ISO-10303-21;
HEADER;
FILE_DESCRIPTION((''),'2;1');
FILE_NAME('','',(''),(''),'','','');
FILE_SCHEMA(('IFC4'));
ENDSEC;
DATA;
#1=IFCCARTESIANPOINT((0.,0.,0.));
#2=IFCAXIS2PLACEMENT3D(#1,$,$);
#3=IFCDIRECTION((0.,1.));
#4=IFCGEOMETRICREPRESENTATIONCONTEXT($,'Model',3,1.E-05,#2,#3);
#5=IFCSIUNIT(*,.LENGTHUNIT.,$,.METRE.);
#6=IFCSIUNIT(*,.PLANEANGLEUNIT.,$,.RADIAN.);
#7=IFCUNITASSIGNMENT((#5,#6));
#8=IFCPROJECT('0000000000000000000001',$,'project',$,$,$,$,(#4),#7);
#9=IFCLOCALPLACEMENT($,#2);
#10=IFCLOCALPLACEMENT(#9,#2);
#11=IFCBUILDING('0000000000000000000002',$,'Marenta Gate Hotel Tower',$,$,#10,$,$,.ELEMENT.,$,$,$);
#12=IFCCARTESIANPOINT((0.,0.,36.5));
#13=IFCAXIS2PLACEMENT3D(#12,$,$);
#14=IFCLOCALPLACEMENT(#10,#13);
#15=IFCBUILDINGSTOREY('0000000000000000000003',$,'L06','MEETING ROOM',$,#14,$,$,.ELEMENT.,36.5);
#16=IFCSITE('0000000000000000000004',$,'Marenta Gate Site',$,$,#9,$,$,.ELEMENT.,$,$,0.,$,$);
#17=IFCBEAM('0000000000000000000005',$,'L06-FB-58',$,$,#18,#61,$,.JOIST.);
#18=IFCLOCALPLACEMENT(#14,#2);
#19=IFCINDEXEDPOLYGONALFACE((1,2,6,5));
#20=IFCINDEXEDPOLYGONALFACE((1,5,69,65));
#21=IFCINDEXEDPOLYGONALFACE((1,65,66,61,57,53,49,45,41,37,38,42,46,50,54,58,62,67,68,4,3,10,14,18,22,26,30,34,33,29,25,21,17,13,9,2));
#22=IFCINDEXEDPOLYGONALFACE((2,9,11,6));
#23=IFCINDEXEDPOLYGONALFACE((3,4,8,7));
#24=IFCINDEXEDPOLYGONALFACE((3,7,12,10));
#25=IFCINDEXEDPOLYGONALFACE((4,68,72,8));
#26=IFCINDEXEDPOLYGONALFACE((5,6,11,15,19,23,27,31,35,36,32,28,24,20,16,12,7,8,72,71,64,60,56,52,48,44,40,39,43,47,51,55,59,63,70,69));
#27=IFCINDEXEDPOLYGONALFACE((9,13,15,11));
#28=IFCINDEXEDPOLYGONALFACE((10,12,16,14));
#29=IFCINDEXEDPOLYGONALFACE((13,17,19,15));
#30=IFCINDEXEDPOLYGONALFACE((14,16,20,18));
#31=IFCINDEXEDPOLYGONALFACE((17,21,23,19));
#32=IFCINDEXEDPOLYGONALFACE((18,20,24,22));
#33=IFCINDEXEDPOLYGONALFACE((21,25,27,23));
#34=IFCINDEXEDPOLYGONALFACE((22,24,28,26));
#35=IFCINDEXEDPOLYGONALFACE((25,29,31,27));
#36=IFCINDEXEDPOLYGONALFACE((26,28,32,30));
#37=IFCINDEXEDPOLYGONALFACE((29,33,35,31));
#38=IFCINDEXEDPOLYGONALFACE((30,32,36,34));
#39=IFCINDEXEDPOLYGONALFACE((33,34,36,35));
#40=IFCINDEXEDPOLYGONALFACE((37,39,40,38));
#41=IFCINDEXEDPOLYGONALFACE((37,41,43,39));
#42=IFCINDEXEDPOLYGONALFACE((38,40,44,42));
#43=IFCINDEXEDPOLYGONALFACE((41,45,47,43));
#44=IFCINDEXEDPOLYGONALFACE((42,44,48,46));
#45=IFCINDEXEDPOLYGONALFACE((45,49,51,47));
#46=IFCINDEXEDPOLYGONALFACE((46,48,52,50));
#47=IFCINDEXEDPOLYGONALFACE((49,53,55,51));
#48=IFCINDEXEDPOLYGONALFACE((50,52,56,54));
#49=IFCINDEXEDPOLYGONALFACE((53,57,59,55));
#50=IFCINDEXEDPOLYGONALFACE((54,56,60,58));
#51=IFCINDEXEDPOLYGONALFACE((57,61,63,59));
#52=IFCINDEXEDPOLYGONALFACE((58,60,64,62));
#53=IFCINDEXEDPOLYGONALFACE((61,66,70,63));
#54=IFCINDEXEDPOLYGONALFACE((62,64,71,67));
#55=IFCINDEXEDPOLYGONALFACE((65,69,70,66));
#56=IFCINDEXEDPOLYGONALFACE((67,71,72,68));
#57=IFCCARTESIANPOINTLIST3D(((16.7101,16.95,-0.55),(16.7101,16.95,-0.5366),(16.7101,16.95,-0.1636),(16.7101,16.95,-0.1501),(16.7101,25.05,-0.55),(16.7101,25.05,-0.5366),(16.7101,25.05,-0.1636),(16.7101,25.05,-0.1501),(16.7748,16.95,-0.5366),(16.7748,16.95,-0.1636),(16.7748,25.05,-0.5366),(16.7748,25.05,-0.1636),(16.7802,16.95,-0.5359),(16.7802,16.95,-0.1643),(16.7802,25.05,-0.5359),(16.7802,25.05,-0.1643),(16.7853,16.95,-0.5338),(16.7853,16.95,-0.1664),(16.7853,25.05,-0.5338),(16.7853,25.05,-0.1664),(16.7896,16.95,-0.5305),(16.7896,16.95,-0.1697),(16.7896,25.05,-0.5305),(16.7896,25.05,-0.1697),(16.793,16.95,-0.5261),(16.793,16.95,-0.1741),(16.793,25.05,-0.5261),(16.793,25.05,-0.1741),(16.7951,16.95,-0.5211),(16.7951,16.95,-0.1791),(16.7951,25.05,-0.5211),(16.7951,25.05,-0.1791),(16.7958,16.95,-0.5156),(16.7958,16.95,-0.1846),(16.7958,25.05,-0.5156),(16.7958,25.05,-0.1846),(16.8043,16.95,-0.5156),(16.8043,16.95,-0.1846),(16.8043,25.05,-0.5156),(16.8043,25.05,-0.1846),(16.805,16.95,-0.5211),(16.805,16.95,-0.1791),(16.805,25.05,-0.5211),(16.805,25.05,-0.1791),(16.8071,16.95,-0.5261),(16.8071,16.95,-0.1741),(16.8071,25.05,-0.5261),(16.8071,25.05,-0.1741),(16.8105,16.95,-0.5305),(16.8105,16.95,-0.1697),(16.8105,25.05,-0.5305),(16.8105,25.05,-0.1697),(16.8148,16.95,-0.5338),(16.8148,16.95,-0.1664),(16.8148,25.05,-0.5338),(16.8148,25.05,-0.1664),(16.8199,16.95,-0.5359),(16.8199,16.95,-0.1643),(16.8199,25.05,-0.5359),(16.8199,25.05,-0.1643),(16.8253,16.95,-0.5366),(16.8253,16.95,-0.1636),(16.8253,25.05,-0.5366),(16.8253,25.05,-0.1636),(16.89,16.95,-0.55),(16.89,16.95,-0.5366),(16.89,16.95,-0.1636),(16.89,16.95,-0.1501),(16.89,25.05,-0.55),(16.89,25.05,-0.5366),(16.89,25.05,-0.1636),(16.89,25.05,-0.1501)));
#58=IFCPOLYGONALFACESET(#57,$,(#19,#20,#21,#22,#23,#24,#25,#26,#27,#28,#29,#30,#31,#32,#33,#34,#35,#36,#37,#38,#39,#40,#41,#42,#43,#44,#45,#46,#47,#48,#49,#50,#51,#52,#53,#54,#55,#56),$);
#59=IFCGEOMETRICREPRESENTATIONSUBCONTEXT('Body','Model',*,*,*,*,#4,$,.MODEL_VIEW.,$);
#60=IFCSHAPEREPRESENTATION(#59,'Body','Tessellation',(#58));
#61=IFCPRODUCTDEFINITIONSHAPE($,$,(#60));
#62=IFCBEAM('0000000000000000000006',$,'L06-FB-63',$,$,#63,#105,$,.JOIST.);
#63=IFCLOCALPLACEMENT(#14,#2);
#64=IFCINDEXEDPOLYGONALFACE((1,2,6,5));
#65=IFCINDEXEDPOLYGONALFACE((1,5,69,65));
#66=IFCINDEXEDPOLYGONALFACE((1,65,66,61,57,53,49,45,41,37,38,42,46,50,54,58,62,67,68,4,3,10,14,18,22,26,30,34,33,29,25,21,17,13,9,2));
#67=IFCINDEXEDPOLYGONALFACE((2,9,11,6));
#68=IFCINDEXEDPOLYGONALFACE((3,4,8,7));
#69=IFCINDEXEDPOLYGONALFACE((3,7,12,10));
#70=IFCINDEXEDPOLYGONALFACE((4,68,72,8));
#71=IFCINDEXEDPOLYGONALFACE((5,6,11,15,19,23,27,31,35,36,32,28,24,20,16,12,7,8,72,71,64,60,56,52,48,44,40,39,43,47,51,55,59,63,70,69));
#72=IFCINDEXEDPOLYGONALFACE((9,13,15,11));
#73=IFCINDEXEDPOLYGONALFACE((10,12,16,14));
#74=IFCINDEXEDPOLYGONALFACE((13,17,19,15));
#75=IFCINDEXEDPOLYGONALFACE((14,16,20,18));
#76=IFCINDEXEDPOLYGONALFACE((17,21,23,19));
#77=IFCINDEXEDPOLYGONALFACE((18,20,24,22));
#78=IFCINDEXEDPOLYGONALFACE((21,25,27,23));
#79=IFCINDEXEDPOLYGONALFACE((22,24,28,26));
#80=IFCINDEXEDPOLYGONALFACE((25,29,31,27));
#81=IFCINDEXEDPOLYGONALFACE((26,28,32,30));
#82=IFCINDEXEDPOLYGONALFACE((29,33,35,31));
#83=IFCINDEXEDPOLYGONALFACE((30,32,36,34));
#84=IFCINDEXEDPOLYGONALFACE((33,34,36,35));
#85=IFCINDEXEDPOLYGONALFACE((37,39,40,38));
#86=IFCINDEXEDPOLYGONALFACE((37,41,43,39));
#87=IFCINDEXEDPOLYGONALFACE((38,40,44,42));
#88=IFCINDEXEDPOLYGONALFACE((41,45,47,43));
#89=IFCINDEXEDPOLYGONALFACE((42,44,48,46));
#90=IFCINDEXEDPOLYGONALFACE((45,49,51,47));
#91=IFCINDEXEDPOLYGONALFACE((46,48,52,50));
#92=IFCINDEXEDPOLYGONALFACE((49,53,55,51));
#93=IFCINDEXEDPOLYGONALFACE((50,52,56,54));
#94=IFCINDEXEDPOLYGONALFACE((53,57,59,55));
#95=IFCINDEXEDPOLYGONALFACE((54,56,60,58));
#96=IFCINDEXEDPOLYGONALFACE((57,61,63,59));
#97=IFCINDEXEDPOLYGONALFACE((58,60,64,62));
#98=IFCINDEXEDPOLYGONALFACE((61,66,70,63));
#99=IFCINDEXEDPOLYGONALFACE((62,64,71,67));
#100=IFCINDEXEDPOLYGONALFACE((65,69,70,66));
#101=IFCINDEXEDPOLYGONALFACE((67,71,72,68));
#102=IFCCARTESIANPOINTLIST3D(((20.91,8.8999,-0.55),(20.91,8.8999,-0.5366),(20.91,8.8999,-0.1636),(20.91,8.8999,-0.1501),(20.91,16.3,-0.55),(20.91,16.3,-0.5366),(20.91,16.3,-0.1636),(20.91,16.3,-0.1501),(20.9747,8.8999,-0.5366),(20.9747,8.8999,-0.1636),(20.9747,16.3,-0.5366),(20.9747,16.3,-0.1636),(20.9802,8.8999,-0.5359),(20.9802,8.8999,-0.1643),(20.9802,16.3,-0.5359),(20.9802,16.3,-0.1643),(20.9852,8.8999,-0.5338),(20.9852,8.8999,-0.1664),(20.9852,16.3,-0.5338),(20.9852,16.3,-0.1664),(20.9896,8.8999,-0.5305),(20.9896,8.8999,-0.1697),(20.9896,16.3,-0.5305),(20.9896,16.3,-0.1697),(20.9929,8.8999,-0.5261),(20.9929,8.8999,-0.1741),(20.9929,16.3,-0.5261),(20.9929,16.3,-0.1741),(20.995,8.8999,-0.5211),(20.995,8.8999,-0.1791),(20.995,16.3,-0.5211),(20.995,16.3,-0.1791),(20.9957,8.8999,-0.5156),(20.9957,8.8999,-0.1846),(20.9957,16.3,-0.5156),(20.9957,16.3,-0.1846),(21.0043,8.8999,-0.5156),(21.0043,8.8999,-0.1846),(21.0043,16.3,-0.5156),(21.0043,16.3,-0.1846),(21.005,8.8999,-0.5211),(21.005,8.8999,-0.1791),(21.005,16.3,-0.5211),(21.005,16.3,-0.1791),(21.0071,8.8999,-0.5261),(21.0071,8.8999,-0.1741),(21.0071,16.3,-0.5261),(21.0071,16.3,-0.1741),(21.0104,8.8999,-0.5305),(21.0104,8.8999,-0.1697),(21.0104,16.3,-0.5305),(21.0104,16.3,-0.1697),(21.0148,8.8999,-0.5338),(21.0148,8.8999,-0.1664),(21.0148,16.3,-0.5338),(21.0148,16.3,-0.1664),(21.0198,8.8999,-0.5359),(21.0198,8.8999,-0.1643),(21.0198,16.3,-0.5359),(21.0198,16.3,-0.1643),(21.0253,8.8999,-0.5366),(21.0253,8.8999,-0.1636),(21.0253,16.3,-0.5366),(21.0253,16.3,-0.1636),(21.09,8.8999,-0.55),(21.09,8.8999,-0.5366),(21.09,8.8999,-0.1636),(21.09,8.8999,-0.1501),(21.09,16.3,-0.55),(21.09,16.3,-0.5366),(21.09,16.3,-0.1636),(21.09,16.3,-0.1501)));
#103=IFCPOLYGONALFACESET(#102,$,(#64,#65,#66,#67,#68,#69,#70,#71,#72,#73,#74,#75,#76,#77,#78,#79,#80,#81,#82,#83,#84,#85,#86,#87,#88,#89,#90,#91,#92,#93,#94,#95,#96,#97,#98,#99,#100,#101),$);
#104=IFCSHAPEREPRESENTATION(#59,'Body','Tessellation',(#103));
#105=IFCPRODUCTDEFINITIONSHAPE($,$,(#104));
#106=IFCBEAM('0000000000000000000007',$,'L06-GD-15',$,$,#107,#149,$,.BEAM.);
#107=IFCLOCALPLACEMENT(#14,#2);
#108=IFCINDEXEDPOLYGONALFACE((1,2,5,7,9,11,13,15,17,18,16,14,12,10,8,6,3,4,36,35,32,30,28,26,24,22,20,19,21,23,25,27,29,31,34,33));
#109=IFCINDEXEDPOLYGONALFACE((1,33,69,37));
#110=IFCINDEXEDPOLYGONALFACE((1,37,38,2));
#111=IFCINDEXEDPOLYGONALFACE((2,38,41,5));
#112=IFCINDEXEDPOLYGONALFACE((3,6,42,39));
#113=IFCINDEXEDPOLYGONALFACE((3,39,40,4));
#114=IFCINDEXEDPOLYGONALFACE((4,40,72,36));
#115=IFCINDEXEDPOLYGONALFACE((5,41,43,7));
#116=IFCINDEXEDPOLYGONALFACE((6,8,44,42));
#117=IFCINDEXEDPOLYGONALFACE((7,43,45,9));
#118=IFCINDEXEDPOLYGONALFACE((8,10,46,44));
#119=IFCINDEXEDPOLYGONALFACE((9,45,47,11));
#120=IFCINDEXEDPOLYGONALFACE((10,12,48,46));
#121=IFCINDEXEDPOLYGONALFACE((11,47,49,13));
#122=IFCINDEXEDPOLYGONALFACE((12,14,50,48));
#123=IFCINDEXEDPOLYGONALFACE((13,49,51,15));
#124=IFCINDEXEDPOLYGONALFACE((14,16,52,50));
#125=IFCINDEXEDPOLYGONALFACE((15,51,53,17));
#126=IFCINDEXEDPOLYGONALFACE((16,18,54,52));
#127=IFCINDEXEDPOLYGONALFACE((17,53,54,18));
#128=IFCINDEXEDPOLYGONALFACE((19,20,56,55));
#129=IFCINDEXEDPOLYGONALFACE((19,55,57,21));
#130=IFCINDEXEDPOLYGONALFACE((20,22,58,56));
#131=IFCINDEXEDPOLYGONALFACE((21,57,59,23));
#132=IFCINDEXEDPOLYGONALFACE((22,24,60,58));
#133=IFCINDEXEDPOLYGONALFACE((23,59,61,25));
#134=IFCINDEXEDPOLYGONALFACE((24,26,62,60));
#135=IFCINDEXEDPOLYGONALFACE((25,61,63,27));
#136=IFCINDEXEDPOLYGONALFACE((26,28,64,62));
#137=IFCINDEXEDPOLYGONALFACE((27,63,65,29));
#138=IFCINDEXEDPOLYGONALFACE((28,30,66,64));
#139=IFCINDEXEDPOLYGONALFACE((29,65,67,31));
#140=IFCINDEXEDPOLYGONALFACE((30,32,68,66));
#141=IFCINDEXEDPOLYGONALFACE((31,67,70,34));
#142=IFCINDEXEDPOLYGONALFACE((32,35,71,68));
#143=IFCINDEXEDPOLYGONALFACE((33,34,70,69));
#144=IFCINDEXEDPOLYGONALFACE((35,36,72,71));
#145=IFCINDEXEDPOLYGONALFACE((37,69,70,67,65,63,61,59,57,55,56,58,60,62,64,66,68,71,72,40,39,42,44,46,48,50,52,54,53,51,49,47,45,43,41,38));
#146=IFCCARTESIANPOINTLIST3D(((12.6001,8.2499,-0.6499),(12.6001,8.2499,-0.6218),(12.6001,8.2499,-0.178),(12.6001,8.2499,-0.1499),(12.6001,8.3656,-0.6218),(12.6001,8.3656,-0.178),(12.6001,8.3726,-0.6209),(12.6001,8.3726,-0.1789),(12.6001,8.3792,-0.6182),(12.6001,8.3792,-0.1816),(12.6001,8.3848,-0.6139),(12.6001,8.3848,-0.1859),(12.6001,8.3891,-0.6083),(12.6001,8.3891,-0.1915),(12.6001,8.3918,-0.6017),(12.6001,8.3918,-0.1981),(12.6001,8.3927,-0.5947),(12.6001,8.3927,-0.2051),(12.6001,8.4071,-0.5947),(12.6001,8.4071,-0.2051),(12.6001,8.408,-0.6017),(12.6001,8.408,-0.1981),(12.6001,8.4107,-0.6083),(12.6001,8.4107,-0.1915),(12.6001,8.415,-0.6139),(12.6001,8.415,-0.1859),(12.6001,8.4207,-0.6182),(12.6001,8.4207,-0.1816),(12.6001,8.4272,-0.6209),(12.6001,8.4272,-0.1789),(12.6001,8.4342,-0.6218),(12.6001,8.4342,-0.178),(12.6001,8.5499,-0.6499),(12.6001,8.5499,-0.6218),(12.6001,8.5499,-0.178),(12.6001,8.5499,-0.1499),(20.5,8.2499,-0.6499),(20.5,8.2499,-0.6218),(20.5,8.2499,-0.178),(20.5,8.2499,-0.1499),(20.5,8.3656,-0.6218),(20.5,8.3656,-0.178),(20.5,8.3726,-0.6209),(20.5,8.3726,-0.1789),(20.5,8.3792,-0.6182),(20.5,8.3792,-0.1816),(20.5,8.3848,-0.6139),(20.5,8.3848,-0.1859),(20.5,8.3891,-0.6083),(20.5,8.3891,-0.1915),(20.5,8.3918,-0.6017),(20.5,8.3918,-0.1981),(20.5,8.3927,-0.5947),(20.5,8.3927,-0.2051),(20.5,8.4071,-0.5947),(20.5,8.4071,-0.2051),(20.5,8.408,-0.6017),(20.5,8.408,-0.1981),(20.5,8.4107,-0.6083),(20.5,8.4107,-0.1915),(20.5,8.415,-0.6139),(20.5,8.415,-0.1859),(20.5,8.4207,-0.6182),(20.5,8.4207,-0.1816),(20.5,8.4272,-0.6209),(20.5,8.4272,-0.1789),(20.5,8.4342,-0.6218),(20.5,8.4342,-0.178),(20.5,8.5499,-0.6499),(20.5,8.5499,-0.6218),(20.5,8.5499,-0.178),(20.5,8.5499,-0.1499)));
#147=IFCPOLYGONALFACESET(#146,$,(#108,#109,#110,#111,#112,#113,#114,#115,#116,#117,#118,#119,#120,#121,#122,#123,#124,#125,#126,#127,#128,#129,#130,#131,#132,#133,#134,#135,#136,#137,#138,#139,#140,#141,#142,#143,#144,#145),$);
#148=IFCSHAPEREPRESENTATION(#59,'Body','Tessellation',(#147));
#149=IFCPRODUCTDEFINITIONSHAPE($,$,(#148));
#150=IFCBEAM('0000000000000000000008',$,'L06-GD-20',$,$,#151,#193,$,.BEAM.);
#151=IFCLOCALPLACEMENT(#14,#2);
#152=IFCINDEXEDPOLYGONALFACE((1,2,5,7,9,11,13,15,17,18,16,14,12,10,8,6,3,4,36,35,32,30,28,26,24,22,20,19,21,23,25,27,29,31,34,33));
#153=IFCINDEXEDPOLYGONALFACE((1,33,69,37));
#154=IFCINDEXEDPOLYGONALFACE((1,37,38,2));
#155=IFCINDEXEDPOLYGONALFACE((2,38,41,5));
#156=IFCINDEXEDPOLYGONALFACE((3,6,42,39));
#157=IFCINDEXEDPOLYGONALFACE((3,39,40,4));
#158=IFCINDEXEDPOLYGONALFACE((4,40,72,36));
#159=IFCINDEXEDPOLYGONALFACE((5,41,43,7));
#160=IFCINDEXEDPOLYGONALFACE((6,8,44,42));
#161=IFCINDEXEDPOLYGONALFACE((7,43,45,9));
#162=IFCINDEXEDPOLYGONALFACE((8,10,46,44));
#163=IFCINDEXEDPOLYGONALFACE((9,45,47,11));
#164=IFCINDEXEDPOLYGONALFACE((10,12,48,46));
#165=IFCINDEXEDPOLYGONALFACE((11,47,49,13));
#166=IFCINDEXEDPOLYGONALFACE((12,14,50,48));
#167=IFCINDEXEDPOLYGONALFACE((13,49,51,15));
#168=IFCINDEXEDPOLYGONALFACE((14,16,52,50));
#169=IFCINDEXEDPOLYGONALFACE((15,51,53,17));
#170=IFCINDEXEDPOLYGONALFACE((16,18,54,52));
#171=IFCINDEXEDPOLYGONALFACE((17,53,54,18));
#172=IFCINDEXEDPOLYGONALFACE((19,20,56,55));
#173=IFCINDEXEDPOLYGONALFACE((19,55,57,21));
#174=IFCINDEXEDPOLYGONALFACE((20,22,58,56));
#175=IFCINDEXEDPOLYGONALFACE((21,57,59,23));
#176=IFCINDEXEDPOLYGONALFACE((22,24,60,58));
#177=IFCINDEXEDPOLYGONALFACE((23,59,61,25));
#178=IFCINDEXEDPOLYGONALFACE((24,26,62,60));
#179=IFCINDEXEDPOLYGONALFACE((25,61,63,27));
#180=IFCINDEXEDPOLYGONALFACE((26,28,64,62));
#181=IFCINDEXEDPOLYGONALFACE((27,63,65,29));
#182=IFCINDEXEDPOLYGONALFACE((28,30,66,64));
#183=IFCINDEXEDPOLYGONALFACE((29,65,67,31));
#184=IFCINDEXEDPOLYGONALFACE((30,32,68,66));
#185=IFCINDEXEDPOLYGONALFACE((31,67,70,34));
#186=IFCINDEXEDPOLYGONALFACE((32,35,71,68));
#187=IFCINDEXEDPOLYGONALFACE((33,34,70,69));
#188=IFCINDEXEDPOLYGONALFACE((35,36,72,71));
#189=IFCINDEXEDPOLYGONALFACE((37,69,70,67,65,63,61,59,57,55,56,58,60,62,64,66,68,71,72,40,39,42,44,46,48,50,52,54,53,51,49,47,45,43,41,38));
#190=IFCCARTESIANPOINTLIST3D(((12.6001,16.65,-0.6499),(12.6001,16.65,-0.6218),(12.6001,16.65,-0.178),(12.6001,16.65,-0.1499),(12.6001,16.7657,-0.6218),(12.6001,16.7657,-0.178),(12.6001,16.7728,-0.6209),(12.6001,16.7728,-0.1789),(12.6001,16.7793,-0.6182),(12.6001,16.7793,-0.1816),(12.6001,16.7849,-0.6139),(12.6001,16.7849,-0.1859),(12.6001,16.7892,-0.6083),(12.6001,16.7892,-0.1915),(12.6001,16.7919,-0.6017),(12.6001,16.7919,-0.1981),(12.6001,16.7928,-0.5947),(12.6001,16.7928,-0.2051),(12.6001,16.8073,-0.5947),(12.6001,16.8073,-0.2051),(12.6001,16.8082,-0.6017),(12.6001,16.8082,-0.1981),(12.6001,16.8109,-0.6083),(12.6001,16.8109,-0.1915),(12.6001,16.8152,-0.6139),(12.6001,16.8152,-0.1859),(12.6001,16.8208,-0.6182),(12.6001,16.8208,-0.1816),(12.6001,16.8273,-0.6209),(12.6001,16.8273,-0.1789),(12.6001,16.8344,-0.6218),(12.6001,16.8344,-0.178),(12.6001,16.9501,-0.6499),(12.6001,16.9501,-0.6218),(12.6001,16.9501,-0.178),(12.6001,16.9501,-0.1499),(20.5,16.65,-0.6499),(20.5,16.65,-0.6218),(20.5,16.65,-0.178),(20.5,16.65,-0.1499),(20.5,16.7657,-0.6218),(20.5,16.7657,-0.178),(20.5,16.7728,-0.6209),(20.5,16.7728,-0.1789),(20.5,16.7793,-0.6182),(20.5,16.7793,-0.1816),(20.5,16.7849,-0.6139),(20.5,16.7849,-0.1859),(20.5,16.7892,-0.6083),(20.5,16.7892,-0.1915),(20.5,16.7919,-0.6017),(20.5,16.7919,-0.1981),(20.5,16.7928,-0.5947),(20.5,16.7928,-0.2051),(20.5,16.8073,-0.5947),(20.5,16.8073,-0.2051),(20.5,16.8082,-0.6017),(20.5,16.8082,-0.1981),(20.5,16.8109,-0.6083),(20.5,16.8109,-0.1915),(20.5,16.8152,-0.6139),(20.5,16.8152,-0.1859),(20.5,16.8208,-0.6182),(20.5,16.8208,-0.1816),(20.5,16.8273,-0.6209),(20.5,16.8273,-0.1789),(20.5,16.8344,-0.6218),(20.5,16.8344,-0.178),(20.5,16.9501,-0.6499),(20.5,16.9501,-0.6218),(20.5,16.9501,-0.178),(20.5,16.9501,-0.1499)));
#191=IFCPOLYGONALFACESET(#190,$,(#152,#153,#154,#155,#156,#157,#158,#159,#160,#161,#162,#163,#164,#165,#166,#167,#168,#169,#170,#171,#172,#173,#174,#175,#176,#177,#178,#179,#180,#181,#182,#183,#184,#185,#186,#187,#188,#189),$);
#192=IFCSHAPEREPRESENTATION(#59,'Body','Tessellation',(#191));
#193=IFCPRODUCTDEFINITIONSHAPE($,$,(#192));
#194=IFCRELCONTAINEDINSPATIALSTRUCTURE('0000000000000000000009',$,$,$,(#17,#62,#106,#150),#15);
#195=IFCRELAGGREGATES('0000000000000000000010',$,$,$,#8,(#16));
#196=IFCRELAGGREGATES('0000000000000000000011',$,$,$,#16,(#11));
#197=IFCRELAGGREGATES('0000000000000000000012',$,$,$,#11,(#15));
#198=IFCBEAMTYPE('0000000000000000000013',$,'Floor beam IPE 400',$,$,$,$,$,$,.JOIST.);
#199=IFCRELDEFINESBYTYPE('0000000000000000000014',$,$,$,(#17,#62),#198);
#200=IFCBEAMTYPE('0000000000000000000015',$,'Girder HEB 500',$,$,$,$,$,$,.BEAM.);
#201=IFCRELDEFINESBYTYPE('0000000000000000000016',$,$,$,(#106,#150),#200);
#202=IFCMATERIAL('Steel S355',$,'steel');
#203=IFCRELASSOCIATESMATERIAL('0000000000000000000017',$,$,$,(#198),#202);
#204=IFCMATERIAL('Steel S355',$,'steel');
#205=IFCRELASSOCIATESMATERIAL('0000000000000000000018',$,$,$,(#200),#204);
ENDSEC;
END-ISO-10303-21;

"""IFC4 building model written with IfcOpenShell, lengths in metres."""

from ifc_helpers import new_model, si_unit, direction, frame, origin, origin_2d, place, context, subcontext, project, spatial, i_section, extrude, material, material_profile, profile_set, type_object, element, save


model = new_model("IFC4")

# Units and contexts
model_context = context("Model", 3, precision=1e-05, world=origin(), true_north=direction((0.0, 1.0)))
body_context = subcontext(model_context, "Body", "Model", "MODEL_VIEW")
ifc_project = project(units=[si_unit("LENGTHUNIT", "METRE"), si_unit("PLANEANGLEUNIT", "RADIAN")], contexts=[model_context])

# Site, building, storey
site_placement = place(None, origin())
site = spatial("IfcSite", under=ifc_project, at=site_placement, Name="Marenta Gate Site", CompositionType="ELEMENT", RefElevation=0.0)
building_placement = place(site_placement, origin())
building = spatial("IfcBuilding", under=site, at=building_placement, Name="Marenta Gate Hotel Tower", CompositionType="ELEMENT")
storey_placement = place(building_placement, frame((0.0, 0.0, 36.5)))
storey = spatial("IfcBuildingStorey", under=building, at=storey_placement, Name="L06", Description="MEETING ROOM", CompositionType="ELEMENT", Elevation=36.5)

# Beams
ifc_material_1 = material(Name="Steel S355", Category="steel")
ifc_material_profile_1 = material_profile(ifc_material_1, i_section(OverallWidth=0.1799, OverallDepth=0.3999, WebThickness=0.0085, FlangeThickness=0.0134, FilletRadius=0.021, at=origin_2d()), Name="IPE 400")
ifc_profile_set_1 = profile_set([ifc_material_profile_1], Name="Steel S355")
beam_type_1 = type_object("IfcBeamType", Name="Floor beam IPE 400", PredefinedType="JOIST", material=ifc_profile_set_1)
beam_1_placement = place(storey_placement, frame((16.8, 16.95, -0.3501), z_axis=(0.0, 1.0, 0.0), x_axis=(-1.0, 0.0, 0.0)))
element("IfcBeam", 1, at=beam_1_placement, inside=storey, type_object=beam_type_1, Name="L06-FB-58", PredefinedType="JOIST", context=body_context, shape_type="SweptSolid", body=[
    extrude(i_section(OverallWidth=0.1799, OverallDepth=0.3999, WebThickness=0.0085, FlangeThickness=0.0134, FilletRadius=0.021, at=origin_2d()), origin(), (0.0, 0.0, 1.0), 8.1001),
])
beam_2_placement = place(storey_placement, frame((21.0, 8.8999, -0.3501), z_axis=(0.0, 1.0, 0.0), x_axis=(-1.0, 0.0, 0.0)))
element("IfcBeam", 2, at=beam_2_placement, inside=storey, type_object=beam_type_1, Name="L06-FB-63", PredefinedType="JOIST", context=body_context, shape_type="SweptSolid", body=[
    extrude(i_section(OverallWidth=0.1799, OverallDepth=0.3999, WebThickness=0.0085, FlangeThickness=0.0134, FilletRadius=0.021, at=origin_2d()), origin(), (0.0, 0.0, 1.0), 7.4001),
])
ifc_material_2 = material(Name="Steel S355", Category="steel")
ifc_material_profile_2 = material_profile(ifc_material_2, i_section(OverallWidth=0.3, OverallDepth=0.5, WebThickness=0.0144, FlangeThickness=0.0281, FilletRadius=0.0271, at=origin_2d()), Name="HEB 500")
ifc_profile_set_2 = profile_set([ifc_material_profile_2], Name="Steel S355")
beam_type_2 = type_object("IfcBeamType", Name="Girder HEB 500", PredefinedType="BEAM", material=ifc_profile_set_2)
for number, where, z_axis, x_axis, name in (
    (3, (12.6001, 8.3999, -0.3999), (1.0, 0.0, 0.0), (0.0, 1.0, 0.0), "L06-GD-15"),
    (4, (12.6001, 16.8, -0.3999), (1.0, 0.0, 0.0), (0.0, 1.0, 0.0), "L06-GD-20"),
):
    element("IfcBeam", number, at=place(storey_placement, frame(where, z_axis=z_axis, x_axis=x_axis)), inside=storey, type_object=beam_type_2, Name=name, PredefinedType="BEAM", context=body_context, shape_type="SweptSolid", body=[
        extrude(i_section(OverallWidth=0.3, OverallDepth=0.5, WebThickness=0.0144, FlangeThickness=0.0281, FilletRadius=0.0271, at=origin_2d()), origin(), (0.0, 0.0, 1.0), 7.8999),
    ])

save(model, "model.ifc")
